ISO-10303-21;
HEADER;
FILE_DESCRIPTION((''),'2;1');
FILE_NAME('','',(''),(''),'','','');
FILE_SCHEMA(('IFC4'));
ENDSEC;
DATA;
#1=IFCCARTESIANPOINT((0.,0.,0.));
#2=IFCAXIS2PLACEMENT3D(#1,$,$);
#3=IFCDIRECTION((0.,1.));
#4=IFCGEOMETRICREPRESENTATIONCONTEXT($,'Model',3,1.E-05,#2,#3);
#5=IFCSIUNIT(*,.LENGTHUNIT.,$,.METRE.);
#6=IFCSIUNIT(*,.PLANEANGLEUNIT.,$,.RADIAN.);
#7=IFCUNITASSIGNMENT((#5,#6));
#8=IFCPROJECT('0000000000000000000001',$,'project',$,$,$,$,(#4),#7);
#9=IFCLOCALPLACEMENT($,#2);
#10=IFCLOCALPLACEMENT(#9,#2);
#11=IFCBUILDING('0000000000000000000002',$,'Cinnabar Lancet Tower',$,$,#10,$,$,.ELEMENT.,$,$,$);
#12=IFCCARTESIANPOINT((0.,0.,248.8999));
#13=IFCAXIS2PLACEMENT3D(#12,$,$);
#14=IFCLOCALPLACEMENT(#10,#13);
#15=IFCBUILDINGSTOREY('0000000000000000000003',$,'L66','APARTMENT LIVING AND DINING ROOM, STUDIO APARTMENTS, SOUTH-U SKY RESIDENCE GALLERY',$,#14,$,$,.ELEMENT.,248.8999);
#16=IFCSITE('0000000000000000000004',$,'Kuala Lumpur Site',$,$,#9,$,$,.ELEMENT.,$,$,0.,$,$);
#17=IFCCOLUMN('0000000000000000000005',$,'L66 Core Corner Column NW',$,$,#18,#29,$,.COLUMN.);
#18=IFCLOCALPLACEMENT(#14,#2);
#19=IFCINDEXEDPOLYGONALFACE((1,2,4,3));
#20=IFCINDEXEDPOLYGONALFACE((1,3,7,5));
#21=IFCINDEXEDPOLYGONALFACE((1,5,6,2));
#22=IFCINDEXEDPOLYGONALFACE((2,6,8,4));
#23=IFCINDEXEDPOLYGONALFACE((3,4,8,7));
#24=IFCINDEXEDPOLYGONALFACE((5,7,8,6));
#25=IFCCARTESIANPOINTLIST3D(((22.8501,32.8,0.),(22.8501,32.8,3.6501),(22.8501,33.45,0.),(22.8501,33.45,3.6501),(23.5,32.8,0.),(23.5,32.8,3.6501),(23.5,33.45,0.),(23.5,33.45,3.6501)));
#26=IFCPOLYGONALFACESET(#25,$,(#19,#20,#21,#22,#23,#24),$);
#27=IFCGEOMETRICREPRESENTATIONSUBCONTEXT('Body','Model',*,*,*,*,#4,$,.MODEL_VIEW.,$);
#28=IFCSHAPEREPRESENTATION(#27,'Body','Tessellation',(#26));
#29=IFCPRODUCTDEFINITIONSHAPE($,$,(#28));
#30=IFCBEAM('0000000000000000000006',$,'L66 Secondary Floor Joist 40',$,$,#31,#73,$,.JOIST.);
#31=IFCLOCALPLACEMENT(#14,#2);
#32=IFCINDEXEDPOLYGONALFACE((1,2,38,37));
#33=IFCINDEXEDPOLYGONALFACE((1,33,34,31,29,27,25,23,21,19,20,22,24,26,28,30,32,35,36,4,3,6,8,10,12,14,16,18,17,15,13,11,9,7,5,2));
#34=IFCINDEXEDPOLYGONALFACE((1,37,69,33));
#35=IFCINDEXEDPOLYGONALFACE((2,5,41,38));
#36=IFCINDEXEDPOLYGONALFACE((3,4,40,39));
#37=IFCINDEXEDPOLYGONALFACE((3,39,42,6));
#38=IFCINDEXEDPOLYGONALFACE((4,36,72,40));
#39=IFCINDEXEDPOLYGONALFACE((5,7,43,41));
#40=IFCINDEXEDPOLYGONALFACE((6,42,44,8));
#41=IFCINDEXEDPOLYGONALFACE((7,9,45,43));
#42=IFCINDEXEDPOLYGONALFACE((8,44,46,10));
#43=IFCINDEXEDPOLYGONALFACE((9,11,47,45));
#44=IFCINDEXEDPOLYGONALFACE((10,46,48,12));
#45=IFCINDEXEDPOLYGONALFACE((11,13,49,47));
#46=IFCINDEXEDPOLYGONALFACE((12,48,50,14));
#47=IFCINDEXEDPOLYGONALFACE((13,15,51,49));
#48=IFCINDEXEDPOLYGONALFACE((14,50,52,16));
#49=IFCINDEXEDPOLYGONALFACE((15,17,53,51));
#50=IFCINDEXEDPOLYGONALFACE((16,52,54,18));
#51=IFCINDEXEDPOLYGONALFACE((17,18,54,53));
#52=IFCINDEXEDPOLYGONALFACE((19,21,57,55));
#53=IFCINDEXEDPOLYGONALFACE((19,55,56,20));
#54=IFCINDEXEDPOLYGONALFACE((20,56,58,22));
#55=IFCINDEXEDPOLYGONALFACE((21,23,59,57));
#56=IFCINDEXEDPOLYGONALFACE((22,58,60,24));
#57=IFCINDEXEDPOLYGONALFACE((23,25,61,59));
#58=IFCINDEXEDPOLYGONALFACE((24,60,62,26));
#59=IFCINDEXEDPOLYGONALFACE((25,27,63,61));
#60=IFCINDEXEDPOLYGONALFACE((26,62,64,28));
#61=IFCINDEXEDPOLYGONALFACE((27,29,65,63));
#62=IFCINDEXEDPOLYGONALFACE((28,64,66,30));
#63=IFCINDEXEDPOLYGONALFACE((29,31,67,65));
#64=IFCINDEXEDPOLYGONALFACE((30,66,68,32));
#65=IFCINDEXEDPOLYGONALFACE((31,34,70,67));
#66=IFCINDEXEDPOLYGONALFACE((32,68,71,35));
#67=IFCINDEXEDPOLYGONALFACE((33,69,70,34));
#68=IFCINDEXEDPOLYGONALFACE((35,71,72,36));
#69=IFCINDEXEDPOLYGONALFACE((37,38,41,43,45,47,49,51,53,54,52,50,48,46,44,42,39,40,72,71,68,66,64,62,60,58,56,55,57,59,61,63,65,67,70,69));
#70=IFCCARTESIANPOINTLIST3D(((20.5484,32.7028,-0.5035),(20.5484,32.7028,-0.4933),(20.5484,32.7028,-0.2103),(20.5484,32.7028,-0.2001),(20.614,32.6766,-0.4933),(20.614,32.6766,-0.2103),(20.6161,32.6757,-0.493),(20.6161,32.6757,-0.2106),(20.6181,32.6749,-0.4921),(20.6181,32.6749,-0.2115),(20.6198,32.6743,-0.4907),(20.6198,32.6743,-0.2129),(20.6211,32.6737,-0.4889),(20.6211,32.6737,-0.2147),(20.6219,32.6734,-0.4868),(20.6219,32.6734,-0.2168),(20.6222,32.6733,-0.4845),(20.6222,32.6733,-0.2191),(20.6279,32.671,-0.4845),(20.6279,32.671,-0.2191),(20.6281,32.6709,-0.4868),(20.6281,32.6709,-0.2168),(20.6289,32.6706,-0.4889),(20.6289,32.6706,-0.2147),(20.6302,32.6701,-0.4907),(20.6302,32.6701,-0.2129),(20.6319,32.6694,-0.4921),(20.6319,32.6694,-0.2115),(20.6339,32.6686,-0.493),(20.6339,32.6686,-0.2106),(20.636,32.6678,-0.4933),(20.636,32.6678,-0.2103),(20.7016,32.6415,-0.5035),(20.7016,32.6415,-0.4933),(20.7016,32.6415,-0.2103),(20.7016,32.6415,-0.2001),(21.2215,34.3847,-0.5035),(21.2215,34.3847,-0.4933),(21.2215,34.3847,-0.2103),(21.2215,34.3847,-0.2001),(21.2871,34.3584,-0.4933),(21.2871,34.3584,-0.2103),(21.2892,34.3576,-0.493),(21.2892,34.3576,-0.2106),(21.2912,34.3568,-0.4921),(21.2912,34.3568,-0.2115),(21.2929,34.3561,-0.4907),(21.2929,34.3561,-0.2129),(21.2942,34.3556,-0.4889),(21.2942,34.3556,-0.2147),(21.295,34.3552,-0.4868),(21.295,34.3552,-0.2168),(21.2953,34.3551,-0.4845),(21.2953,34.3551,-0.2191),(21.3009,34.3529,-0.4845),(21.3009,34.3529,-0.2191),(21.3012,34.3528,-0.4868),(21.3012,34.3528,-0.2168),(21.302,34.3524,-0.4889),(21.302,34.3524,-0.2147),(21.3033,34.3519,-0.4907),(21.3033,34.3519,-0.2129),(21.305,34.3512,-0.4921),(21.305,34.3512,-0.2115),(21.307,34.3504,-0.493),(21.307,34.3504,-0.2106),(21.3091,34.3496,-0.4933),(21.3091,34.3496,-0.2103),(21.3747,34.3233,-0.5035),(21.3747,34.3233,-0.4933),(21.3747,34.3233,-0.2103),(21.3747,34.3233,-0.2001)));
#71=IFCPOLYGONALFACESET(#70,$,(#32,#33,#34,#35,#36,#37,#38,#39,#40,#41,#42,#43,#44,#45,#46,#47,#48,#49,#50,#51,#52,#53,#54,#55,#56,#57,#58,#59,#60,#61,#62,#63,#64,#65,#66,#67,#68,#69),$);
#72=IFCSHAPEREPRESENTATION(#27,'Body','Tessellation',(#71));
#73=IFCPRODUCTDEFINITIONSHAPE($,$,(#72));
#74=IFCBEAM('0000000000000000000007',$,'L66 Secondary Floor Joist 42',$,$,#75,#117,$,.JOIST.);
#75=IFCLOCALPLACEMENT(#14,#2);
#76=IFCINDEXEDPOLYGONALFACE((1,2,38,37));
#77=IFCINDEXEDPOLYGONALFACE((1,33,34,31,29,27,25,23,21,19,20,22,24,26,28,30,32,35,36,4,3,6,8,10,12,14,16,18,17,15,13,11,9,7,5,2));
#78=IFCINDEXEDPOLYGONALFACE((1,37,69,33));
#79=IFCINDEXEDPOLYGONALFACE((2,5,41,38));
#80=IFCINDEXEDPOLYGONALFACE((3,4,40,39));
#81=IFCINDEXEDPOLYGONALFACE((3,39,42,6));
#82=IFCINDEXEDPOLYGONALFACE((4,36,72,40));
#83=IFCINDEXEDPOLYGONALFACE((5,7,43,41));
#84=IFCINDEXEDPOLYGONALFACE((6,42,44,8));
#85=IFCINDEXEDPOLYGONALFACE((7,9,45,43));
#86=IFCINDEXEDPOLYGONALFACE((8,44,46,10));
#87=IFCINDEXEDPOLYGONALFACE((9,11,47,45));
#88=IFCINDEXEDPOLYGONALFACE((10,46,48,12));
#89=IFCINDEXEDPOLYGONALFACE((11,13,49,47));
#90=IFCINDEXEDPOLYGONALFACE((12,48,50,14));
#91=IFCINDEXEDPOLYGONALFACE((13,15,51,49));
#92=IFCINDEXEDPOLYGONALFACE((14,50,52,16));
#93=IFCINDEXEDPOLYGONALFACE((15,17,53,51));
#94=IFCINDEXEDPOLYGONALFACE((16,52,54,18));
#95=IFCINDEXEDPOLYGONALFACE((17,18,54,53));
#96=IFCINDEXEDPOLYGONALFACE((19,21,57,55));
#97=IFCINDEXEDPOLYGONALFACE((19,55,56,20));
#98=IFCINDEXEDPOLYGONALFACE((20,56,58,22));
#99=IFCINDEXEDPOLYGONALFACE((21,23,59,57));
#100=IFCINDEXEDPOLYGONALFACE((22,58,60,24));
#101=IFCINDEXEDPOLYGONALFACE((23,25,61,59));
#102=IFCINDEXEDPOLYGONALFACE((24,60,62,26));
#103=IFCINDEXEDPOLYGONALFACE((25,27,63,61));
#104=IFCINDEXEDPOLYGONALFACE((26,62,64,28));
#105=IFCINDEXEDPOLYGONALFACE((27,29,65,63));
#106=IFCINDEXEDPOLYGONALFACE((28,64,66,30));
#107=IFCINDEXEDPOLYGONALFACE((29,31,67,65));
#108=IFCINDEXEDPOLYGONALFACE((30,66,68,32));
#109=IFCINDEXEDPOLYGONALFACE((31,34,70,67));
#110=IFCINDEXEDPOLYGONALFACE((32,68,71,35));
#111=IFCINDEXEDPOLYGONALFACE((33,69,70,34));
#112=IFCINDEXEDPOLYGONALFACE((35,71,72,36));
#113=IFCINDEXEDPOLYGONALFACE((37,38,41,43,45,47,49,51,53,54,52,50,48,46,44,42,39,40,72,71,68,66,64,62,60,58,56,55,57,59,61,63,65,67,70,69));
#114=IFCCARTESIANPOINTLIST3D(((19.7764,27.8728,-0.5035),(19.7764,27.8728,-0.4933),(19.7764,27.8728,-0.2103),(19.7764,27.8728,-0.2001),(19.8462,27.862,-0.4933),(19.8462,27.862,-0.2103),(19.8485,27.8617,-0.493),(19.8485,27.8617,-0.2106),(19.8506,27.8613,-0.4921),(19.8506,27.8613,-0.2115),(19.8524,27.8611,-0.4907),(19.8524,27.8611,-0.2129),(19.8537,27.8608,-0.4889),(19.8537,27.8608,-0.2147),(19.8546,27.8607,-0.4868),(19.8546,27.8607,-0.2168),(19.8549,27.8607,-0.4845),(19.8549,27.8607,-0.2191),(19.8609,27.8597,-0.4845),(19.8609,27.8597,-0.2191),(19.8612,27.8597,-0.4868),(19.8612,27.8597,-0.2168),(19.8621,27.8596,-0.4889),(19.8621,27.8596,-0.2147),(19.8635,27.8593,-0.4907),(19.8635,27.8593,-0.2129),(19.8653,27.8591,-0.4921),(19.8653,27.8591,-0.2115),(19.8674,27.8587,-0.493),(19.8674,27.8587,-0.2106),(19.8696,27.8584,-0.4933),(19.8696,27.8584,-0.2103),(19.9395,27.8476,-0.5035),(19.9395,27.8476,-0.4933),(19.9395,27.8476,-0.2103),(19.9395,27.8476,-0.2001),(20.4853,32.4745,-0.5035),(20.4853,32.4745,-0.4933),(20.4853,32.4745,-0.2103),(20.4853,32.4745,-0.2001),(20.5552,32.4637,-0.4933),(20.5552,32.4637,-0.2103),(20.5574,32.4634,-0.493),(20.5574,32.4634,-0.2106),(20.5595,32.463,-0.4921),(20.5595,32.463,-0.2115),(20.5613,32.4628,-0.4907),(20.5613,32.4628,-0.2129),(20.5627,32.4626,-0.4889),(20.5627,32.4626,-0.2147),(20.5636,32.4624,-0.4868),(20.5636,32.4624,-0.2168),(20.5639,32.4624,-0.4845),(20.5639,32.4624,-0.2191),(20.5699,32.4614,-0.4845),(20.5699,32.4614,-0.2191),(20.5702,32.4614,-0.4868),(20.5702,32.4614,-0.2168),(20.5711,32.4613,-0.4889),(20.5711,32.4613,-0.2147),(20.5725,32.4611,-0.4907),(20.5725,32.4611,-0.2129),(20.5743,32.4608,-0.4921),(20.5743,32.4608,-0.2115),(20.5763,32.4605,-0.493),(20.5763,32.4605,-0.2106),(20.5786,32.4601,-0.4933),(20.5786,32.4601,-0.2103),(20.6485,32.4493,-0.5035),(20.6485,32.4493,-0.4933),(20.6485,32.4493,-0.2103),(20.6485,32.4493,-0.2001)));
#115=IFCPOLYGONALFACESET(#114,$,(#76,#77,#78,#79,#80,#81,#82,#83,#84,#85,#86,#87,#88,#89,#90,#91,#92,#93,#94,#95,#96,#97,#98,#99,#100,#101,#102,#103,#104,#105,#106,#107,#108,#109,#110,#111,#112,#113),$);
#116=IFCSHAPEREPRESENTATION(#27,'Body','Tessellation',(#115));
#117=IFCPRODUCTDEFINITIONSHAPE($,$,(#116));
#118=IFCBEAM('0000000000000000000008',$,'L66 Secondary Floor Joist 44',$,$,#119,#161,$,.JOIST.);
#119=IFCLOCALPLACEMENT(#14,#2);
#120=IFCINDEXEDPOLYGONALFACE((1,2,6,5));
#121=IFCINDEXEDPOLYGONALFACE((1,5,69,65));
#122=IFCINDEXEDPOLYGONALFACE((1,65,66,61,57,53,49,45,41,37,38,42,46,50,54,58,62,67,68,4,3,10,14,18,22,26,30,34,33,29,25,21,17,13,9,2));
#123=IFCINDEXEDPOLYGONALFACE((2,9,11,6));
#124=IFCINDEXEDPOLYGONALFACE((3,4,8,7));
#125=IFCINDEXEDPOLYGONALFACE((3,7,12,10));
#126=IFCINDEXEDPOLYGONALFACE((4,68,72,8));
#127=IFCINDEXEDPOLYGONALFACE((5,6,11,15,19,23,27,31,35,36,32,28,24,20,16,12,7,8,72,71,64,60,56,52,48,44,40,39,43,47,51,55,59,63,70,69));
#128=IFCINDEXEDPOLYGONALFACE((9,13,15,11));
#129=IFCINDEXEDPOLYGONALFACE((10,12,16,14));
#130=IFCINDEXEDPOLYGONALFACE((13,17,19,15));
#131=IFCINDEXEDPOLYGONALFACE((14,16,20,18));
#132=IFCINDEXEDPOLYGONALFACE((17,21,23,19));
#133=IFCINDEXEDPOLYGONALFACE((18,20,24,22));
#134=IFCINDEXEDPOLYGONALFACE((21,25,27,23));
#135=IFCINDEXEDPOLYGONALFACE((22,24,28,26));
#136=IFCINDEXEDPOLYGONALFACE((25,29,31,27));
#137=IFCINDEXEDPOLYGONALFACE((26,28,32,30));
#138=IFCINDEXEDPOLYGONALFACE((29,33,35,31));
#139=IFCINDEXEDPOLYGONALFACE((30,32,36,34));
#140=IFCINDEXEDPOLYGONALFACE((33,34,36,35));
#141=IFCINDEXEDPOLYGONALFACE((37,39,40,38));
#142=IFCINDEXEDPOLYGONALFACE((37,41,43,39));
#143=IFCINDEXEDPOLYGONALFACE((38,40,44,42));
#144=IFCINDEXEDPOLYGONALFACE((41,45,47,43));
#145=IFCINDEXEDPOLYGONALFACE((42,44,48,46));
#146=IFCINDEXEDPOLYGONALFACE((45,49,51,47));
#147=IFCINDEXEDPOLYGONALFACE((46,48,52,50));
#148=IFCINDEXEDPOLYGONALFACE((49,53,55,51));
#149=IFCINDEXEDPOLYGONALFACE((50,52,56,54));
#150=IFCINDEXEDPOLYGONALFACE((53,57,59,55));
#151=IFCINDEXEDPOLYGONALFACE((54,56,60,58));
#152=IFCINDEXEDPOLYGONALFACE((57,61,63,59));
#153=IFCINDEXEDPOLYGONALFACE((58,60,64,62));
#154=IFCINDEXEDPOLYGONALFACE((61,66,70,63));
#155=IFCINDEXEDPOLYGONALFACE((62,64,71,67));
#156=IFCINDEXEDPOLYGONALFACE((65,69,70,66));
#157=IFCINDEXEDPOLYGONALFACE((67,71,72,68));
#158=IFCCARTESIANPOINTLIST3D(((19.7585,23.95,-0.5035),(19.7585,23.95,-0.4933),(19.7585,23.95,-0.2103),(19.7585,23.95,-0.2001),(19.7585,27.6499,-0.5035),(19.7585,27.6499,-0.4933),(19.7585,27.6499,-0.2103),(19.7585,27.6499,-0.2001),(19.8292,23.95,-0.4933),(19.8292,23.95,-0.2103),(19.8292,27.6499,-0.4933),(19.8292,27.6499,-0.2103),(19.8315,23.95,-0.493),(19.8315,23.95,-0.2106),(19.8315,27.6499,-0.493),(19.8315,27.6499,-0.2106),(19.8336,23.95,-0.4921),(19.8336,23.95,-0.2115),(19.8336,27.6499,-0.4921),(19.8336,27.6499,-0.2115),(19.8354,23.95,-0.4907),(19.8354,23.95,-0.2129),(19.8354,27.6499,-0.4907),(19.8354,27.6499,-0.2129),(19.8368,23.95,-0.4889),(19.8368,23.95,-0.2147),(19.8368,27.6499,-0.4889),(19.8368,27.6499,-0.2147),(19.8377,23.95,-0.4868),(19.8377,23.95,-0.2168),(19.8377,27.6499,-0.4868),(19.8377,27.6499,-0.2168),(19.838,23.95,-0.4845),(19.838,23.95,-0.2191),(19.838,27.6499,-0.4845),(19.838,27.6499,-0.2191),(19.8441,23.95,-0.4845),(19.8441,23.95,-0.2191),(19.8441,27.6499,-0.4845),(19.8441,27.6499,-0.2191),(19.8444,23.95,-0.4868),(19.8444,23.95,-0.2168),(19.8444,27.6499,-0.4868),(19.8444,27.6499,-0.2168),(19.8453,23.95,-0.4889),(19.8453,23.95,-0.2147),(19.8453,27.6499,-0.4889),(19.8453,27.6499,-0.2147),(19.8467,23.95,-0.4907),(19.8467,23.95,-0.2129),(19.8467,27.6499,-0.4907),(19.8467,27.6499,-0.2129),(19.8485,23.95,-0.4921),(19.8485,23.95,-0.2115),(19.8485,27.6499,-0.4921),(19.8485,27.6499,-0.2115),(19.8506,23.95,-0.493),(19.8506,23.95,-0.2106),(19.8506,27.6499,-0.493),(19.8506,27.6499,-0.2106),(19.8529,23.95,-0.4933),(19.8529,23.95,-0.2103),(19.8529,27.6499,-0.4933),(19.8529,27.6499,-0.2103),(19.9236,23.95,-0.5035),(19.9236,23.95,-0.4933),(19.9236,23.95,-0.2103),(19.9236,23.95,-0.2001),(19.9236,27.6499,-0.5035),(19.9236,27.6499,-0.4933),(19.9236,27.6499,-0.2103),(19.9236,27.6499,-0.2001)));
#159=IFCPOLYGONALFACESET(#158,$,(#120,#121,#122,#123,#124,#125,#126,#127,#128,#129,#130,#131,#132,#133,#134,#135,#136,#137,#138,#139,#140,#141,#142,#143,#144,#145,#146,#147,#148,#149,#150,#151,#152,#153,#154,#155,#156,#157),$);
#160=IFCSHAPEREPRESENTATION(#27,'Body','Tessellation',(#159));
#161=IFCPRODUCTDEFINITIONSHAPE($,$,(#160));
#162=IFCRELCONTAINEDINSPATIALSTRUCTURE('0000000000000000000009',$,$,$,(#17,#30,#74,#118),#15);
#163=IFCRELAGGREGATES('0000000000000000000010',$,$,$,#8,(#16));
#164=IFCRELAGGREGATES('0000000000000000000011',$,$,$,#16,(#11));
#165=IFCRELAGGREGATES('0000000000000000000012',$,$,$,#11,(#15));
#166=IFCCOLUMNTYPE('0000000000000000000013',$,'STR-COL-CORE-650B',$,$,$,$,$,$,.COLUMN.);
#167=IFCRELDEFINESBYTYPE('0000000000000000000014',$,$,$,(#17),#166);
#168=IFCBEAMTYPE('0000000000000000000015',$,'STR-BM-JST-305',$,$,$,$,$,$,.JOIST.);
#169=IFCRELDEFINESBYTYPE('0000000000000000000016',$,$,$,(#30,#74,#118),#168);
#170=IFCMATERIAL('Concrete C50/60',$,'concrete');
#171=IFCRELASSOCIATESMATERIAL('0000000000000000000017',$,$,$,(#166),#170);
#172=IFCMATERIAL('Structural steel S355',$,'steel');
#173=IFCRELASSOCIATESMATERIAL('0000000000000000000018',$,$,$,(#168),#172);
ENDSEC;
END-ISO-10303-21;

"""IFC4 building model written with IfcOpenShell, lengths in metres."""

from ifc_helpers import new_model, si_unit, direction, frame, origin, origin_2d, place, context, subcontext, project, spatial, rectangle, i_section, extrude, material, material_profile, profile_set, type_object, element, save


model = new_model("IFC4")

# Units and contexts
model_context = context("Model", 3, precision=1e-05, world=origin(), true_north=direction((0.0, 1.0)))
body_context = subcontext(model_context, "Body", "Model", "MODEL_VIEW")
ifc_project = project(units=[si_unit("LENGTHUNIT", "METRE"), si_unit("PLANEANGLEUNIT", "RADIAN")], contexts=[model_context])

# Site, building, storey
site_placement = place(None, origin())
site = spatial("IfcSite", under=ifc_project, at=site_placement, Name="Kuala Lumpur Site", CompositionType="ELEMENT", RefElevation=0.0)
building_placement = place(site_placement, origin())
building = spatial("IfcBuilding", under=site, at=building_placement, Name="Cinnabar Lancet Tower", CompositionType="ELEMENT")
storey_placement = place(building_placement, frame((0.0, 0.0, 248.8999)))
storey = spatial("IfcBuildingStorey", under=building, at=storey_placement, Name="L66", Description="APARTMENT LIVING AND DINING ROOM, STUDIO APARTMENTS, SOUTH-U SKY RESIDENCE GALLERY", CompositionType="ELEMENT", Elevation=248.8999)

# Column
ifc_material_1 = material(Name="Concrete C50/60", Category="concrete")
ifc_material_profile_1 = material_profile(ifc_material_1, rectangle(XDim=0.6499, YDim=0.6499, at=origin_2d()), Name="RC-COL 650x650")
ifc_profile_set_1 = profile_set([ifc_material_profile_1], Name="Concrete C50/60")
column_type = type_object("IfcColumnType", Name="STR-COL-CORE-650B", PredefinedType="COLUMN", material=ifc_profile_set_1)
column_placement = place(storey_placement, frame((23.175, 33.125, 0.0), z_axis=(0.0, 0.0, 1.0), x_axis=(1.0, 0.0, 0.0)))
element("IfcColumn", 1, at=column_placement, inside=storey, type_object=column_type, Name="L66 Core Corner Column NW", PredefinedType="COLUMN", context=body_context, shape_type="SweptSolid", body=[
    extrude(rectangle(XDim=0.6499, YDim=0.6499, at=origin_2d()), origin(), (0.0, 0.0, 1.0), 3.6501),
])

# Beams
ifc_material_2 = material(Name="Structural steel S355", Category="steel")
ifc_material_profile_2 = material_profile(ifc_material_2, i_section(OverallWidth=0.165, OverallDepth=0.3035, WebThickness=0.0061, FlangeThickness=0.0103, FilletRadius=0.0088, at=origin_2d()), Name="UKB 305x165x40")
ifc_profile_set_2 = profile_set([ifc_material_profile_2], Name="Structural steel S355")
beam_type_1 = type_object("IfcBeamType", Name="STR-BM-JST-305", PredefinedType="JOIST", material=ifc_profile_set_2)
beam_1_placement = place(storey_placement, frame((21.2981, 34.354, -0.3518), z_axis=(-0.371553, -0.928412, 0.0), x_axis=(0.928412, -0.371553, 0.0)))
element("IfcBeam", 2, at=beam_1_placement, inside=storey, type_object=beam_type_1, Name="L66 Secondary Floor Joist 40", PredefinedType="JOIST", context=body_context, shape_type="SweptSolid", body=[
    extrude(i_section(OverallWidth=0.165, OverallDepth=0.3035, WebThickness=0.0061, FlangeThickness=0.0103, FilletRadius=0.0088, at=origin_2d()), origin(), (0.0, 0.0, 1.0), 1.8115),
])
beam_2_placement = place(storey_placement, frame((20.5669, 32.4619, -0.3518), z_axis=(-0.15227, -0.988339, 0.0), x_axis=(0.988339, -0.15227, 0.0)))
element("IfcBeam", 3, at=beam_2_placement, inside=storey, type_object=beam_type_1, Name="L66 Secondary Floor Joist 42", PredefinedType="JOIST", context=body_context, shape_type="SweptSolid", body=[
    extrude(i_section(OverallWidth=0.165, OverallDepth=0.3035, WebThickness=0.0061, FlangeThickness=0.0103, FilletRadius=0.0088, at=origin_2d()), origin(), (0.0, 0.0, 1.0), 4.656),
])
beam_3_placement = place(storey_placement, frame((19.8411, 27.6499, -0.3518), z_axis=(0.0, -1.0, 0.0), x_axis=(1.0, 0.0, 0.0)))
element("IfcBeam", 4, at=beam_3_placement, inside=storey, type_object=beam_type_1, Name="L66 Secondary Floor Joist 44", PredefinedType="JOIST", context=body_context, shape_type="SweptSolid", body=[
    extrude(i_section(OverallWidth=0.165, OverallDepth=0.3035, WebThickness=0.0061, FlangeThickness=0.0103, FilletRadius=0.0088, at=origin_2d()), origin(), (0.0, 0.0, 1.0), 3.7),
])

save(model, "model.ifc")
